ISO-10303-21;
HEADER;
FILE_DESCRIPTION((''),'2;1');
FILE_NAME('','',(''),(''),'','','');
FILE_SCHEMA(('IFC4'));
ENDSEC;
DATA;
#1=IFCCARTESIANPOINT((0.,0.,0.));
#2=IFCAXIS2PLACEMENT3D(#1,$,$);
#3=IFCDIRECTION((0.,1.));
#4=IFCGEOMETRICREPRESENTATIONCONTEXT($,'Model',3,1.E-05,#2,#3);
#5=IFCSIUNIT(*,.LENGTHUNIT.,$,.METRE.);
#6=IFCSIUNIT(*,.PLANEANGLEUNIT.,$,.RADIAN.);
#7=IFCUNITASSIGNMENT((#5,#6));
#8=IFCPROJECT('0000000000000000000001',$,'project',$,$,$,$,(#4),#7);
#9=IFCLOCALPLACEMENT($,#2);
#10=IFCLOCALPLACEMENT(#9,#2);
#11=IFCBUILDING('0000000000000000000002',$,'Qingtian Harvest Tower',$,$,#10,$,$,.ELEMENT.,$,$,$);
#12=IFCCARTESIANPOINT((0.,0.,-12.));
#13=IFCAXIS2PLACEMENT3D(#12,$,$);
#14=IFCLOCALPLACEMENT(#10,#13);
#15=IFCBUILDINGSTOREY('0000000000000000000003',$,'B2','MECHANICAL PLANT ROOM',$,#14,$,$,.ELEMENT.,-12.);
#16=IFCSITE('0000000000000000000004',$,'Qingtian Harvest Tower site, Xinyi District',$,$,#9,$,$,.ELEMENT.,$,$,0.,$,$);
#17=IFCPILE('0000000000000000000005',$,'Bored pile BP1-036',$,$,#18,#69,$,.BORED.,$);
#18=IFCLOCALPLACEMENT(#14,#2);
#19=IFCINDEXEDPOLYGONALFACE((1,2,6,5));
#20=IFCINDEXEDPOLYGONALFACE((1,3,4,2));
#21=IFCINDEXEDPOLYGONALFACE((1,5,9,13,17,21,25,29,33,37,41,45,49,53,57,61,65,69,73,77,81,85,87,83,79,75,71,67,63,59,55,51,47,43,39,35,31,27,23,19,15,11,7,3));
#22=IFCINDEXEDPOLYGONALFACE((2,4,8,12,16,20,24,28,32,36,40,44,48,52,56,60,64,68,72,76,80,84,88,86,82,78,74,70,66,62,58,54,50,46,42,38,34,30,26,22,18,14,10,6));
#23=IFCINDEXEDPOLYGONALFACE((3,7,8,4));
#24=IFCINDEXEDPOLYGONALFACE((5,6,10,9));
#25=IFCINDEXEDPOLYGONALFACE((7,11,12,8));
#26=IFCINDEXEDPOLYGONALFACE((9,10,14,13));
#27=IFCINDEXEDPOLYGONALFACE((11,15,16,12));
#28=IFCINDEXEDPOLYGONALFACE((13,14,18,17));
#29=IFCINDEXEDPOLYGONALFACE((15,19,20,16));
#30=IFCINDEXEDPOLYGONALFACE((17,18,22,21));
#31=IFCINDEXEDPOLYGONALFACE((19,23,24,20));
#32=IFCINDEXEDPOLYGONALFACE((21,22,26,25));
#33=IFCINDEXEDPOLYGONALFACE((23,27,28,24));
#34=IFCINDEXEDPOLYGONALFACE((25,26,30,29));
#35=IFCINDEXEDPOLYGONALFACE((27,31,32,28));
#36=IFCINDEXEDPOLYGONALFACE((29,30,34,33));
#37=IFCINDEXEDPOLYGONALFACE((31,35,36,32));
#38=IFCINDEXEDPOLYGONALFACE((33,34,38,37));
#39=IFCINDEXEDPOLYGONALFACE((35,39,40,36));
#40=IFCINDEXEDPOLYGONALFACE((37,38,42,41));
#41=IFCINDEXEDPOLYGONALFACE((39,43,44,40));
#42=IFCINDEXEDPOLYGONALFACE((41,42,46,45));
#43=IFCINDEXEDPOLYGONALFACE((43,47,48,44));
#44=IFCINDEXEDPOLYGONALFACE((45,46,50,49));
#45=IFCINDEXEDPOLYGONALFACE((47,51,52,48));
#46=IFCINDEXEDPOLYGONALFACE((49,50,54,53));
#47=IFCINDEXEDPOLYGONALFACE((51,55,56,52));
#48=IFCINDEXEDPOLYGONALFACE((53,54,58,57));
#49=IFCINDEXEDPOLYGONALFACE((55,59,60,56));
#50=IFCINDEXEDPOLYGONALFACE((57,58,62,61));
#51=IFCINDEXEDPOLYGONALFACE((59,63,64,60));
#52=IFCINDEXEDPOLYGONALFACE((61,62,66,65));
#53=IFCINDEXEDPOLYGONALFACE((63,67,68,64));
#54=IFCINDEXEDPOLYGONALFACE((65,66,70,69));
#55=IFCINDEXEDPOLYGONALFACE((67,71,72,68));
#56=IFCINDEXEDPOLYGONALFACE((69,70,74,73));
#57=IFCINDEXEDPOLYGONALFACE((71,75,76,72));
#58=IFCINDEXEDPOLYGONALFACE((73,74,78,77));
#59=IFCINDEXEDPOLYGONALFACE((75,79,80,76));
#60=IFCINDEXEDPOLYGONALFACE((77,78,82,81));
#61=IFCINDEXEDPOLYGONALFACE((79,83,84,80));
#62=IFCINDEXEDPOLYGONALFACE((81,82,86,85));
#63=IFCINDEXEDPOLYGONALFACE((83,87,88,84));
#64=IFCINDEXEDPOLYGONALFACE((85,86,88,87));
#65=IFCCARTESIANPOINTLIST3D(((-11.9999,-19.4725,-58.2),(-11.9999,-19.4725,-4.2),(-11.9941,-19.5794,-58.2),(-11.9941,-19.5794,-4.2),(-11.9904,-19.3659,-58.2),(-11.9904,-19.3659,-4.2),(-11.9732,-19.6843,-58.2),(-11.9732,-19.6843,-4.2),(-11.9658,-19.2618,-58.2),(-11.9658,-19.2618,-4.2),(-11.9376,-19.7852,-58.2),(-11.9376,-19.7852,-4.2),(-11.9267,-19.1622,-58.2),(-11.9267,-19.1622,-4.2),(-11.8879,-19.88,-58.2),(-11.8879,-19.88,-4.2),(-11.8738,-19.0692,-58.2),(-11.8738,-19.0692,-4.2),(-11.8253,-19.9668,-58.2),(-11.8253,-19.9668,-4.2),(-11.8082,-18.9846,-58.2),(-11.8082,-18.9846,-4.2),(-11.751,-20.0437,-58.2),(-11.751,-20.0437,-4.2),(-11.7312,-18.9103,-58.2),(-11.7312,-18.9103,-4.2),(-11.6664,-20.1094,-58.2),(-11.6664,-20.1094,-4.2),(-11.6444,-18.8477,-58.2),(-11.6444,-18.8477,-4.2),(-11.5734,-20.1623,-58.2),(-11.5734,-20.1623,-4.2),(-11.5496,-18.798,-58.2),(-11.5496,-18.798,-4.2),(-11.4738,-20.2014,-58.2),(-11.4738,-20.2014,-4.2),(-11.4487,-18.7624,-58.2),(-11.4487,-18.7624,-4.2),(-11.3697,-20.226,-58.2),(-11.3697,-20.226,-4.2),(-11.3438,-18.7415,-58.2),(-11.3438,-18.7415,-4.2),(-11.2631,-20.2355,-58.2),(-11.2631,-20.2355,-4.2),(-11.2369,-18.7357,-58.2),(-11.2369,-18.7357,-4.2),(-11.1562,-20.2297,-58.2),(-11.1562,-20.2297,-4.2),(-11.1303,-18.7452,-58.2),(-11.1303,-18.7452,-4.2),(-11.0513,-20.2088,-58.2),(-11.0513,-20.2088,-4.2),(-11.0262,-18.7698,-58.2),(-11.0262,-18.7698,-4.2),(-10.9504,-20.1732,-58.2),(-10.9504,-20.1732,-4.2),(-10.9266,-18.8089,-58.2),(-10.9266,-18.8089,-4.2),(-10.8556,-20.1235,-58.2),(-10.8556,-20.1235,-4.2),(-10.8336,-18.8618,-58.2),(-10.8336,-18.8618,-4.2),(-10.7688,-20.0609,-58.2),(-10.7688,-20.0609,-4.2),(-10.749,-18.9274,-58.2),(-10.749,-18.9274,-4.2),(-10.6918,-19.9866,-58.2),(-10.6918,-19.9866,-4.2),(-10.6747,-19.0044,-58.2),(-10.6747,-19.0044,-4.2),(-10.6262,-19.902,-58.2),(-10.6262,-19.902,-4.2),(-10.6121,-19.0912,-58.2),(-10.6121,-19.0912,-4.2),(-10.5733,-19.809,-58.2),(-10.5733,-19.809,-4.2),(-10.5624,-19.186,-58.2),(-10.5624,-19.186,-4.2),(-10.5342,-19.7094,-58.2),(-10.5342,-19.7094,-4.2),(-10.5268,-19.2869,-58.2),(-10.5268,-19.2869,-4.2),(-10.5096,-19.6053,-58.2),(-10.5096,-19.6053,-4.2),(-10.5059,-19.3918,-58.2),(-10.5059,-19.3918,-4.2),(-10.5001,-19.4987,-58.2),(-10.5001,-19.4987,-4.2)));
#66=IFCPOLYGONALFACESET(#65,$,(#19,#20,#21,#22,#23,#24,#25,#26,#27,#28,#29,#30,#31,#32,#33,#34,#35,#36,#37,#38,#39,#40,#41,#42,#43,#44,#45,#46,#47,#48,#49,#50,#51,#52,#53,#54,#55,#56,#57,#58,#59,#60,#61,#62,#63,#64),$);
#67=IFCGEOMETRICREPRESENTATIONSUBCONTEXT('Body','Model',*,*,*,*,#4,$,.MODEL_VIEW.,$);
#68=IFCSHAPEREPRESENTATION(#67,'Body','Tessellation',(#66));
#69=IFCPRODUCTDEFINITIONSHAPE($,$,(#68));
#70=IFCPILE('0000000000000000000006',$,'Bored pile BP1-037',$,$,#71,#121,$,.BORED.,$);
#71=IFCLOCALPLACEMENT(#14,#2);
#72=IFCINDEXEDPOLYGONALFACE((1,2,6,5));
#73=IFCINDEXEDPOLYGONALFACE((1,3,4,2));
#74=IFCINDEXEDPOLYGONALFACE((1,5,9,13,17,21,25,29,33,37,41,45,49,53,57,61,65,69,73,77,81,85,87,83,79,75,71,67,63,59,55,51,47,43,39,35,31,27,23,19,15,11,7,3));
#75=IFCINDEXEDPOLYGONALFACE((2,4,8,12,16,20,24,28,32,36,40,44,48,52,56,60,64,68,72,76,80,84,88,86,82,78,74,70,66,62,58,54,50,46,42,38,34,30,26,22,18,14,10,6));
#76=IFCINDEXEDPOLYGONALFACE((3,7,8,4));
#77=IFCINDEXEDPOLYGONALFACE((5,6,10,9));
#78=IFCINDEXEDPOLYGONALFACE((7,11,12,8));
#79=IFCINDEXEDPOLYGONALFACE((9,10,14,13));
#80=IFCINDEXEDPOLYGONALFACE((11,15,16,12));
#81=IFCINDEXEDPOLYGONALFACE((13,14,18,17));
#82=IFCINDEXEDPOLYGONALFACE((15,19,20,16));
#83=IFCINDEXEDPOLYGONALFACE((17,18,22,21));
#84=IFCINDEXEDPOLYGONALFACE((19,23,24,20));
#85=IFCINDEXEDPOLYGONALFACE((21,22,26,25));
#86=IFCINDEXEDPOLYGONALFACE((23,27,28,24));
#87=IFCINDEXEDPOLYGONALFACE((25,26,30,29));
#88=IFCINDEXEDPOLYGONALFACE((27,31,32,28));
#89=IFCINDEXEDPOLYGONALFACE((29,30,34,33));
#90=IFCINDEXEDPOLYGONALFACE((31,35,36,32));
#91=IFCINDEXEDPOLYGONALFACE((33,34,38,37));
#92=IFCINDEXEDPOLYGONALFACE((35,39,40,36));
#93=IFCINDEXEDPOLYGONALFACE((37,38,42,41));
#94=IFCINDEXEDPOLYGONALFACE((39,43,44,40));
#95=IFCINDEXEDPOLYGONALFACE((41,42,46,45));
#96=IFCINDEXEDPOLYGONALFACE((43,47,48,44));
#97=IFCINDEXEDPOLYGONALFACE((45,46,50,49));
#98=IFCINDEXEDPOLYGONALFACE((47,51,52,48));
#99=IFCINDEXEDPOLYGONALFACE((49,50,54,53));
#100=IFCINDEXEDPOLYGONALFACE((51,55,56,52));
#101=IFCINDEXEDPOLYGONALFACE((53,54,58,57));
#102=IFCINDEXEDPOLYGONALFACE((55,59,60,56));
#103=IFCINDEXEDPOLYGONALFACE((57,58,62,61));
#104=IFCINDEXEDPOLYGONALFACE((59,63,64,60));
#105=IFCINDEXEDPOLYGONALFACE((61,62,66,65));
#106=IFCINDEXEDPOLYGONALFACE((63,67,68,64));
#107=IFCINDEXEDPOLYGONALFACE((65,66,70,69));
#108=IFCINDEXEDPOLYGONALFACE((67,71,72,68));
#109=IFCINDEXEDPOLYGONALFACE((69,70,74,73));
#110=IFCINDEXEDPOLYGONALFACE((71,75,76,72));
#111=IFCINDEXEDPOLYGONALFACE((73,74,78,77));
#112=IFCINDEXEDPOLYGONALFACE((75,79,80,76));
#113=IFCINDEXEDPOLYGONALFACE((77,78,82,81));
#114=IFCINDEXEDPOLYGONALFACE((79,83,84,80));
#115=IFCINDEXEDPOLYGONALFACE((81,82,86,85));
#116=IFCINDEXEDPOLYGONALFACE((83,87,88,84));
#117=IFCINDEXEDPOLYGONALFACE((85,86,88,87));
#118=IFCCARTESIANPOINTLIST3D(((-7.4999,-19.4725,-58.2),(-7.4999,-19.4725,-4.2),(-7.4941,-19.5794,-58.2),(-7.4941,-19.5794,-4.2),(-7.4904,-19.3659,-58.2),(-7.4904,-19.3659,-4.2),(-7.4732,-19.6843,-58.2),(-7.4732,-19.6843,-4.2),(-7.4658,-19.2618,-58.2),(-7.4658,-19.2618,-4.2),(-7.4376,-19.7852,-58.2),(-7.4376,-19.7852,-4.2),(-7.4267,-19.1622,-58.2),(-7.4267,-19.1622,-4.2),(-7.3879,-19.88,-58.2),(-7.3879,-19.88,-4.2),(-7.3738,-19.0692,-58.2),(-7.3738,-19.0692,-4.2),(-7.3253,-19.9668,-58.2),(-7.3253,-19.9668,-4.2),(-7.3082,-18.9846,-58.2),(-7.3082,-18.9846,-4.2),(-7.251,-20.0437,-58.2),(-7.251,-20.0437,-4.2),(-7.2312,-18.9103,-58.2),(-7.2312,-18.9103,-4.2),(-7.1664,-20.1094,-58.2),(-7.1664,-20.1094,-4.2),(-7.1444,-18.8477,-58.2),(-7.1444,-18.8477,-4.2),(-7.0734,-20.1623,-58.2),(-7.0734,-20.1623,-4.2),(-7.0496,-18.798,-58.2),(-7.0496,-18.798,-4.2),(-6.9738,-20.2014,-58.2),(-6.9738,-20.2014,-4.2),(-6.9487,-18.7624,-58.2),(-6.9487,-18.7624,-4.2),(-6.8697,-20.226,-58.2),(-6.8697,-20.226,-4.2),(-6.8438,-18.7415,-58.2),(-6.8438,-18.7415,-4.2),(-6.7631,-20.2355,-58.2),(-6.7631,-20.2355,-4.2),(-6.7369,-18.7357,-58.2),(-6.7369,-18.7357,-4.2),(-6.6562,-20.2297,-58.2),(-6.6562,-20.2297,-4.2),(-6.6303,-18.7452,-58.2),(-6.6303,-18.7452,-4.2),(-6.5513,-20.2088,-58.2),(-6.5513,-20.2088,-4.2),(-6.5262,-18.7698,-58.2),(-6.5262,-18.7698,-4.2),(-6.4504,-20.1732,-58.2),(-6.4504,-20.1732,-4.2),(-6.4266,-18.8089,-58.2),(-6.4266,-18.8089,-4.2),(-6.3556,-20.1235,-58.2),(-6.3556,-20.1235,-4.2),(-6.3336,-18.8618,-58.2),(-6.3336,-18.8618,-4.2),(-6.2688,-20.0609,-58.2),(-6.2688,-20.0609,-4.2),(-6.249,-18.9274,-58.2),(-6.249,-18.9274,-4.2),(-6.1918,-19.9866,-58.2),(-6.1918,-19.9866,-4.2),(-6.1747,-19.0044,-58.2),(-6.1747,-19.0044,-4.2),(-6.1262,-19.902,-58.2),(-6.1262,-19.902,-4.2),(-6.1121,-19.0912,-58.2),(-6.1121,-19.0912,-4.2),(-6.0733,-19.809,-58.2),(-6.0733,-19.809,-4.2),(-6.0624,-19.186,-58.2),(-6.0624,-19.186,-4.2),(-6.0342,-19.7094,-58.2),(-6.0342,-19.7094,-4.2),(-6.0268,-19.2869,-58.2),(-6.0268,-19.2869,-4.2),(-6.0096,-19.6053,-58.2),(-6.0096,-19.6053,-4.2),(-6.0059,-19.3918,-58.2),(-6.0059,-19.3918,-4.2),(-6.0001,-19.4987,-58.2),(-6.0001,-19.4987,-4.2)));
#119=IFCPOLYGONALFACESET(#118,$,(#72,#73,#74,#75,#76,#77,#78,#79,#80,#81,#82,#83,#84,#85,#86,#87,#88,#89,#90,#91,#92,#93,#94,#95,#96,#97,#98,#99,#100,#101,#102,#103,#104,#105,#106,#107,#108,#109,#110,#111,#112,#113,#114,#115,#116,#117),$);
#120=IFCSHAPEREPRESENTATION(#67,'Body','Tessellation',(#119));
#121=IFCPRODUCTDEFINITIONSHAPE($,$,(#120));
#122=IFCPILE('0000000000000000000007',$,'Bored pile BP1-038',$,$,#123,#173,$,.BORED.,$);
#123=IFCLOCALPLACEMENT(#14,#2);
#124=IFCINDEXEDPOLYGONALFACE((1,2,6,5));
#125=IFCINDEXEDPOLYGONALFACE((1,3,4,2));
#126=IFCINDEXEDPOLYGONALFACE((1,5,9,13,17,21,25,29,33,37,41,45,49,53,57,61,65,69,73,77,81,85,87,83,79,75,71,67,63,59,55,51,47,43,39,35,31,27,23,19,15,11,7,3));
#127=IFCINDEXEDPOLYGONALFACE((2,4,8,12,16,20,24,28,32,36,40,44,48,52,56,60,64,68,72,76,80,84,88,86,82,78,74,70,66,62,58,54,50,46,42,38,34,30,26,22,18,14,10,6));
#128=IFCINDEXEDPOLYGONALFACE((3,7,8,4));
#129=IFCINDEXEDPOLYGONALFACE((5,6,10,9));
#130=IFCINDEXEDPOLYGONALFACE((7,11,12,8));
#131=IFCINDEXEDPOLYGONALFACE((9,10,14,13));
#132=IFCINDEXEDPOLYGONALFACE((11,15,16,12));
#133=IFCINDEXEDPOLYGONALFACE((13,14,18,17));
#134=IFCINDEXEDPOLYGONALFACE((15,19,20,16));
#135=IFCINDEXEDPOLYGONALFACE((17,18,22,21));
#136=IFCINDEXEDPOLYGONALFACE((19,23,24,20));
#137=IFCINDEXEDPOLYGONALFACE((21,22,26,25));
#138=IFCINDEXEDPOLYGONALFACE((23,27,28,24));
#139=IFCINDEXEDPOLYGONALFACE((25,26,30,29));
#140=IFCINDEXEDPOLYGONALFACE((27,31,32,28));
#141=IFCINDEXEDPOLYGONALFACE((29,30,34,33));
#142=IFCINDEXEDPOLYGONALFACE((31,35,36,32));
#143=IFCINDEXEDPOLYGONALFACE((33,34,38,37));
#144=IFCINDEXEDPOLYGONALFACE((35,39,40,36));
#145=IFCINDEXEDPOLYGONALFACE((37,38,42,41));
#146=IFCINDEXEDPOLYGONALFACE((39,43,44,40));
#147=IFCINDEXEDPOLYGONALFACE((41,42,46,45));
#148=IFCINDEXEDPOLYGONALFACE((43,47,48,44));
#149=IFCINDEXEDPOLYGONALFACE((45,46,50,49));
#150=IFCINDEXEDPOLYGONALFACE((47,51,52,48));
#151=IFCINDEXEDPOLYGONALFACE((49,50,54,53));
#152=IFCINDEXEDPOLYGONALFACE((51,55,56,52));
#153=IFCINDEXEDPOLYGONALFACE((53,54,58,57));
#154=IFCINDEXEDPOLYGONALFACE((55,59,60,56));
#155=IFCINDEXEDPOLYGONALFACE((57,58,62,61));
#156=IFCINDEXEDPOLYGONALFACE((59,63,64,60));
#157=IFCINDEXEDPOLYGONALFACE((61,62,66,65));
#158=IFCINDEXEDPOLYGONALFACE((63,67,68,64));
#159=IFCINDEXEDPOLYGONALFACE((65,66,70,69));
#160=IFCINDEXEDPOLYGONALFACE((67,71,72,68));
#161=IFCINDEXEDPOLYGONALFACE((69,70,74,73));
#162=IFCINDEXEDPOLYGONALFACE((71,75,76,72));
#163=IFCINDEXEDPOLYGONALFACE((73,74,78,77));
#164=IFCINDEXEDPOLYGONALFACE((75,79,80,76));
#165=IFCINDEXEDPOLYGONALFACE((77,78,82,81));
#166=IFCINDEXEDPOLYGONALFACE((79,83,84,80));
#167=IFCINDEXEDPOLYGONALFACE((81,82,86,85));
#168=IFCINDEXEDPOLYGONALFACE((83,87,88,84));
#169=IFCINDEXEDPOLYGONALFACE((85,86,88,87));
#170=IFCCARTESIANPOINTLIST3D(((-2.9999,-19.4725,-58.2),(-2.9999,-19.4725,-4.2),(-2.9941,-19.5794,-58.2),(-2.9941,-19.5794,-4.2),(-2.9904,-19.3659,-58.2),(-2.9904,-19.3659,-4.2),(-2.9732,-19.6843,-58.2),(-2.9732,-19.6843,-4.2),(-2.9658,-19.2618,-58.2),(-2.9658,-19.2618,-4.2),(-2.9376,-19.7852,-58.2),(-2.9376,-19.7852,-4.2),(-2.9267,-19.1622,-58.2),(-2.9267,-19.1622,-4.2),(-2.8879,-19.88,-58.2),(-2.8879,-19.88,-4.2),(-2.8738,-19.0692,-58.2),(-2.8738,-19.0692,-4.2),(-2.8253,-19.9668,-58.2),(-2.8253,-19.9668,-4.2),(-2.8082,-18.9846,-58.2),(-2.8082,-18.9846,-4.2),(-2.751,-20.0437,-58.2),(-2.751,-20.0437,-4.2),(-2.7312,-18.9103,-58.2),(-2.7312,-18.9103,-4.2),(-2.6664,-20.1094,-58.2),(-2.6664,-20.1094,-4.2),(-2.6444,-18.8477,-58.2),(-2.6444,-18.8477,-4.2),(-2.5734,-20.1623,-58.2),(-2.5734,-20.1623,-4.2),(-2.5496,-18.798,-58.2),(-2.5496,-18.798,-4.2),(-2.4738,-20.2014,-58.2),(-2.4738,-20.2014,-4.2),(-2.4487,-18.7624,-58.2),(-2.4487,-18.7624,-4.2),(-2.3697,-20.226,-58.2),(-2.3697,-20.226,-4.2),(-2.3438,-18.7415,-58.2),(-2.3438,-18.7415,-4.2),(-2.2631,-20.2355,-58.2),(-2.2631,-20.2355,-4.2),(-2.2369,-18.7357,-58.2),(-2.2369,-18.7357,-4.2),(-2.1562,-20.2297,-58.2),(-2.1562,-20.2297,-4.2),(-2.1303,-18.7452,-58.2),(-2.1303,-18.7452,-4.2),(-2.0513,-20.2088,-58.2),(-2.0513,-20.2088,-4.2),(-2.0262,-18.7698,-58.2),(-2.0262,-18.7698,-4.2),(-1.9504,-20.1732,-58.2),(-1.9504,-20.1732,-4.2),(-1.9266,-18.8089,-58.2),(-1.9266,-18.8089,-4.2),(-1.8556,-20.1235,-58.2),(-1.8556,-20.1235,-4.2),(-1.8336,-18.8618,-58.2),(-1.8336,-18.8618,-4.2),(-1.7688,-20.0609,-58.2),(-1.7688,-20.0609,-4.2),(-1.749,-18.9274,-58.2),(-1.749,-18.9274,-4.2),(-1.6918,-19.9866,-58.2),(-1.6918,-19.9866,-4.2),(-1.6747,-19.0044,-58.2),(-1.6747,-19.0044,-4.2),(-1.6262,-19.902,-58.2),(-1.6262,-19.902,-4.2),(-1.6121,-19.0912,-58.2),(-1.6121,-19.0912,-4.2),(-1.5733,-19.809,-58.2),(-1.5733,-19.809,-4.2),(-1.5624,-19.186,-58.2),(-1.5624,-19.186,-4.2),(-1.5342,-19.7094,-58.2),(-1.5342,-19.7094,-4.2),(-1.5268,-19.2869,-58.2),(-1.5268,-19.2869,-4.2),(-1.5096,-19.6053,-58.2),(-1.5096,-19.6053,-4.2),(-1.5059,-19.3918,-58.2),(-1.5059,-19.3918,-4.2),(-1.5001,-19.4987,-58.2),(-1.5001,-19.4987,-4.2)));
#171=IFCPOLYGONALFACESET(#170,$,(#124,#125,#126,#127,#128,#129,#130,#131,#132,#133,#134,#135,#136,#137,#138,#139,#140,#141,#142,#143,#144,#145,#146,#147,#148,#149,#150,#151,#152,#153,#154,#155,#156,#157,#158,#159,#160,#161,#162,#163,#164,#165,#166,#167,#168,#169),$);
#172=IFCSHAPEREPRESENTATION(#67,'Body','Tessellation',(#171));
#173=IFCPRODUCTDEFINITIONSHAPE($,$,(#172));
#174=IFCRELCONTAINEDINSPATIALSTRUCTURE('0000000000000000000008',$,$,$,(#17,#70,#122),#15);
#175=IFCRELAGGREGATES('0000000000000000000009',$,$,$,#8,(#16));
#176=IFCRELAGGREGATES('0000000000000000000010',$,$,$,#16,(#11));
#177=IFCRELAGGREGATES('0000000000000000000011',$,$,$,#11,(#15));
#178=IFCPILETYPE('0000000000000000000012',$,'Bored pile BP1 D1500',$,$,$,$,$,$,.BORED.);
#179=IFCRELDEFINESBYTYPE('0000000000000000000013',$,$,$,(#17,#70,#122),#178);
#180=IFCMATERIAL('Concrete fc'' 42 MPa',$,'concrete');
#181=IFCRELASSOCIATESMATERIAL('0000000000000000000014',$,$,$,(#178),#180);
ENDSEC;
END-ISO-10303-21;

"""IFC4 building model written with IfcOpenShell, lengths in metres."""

from ifc_helpers import new_model, si_unit, direction, frame, frame_2d, origin, place, context, subcontext, project, spatial, circle, extrude, material, material_profile, profile_set, type_object, element, save


model = new_model("IFC4")

# Units and contexts
model_context = context("Model", 3, precision=1e-05, world=origin(), true_north=direction((0.0, 1.0)))
body_context = subcontext(model_context, "Body", "Model", "MODEL_VIEW")
ifc_project = project(units=[si_unit("LENGTHUNIT", "METRE"), si_unit("PLANEANGLEUNIT", "RADIAN")], contexts=[model_context])

# Site, building, storey
site_placement = place(None, origin())
site = spatial("IfcSite", under=ifc_project, at=site_placement, Name="Qingtian Harvest Tower site, Xinyi District", CompositionType="ELEMENT", RefElevation=0.0)
building_placement = place(site_placement, origin())
building = spatial("IfcBuilding", under=site, at=building_placement, Name="Qingtian Harvest Tower", CompositionType="ELEMENT")
storey_placement = place(building_placement, frame((0.0, 0.0, -12.0)))
storey = spatial("IfcBuildingStorey", under=building, at=storey_placement, Name="B2", Description="MECHANICAL PLANT ROOM", CompositionType="ELEMENT", Elevation=-12.0)

# Piles
ifc_material_1 = material(Name="Concrete fc' 42 MPa", Category="concrete")
ifc_material_profile_1 = material_profile(ifc_material_1, circle(Radius=0.75, at=frame_2d((0.0, 0.0), x_axis=(0.999848, 0.017452))), Name="Bored pile BP1 D1500")
ifc_profile_set_1 = profile_set([ifc_material_profile_1], Name="Concrete fc' 42 MPa")
pile_type = type_object("IfcPileType", Name="Bored pile BP1 D1500", PredefinedType="BORED", material=ifc_profile_set_1)
for number, where, z_axis, x_axis, name in (
    (1, (-11.25, -19.4856, -4.2), (0.0, 0.0, -1.0), (1.0, 0.0, 0.0), "Bored pile BP1-036"),
    (2, (-6.75, -19.4856, -4.2), (0.0, 0.0, -1.0), (1.0, 0.0, 0.0), "Bored pile BP1-037"),
    (3, (-2.25, -19.4856, -4.2), (0.0, 0.0, -1.0), (1.0, 0.0, 0.0), "Bored pile BP1-038"),
):
    element("IfcPile", number, at=place(storey_placement, frame(where, z_axis=z_axis, x_axis=x_axis)), inside=storey, type_object=pile_type, Name=name, PredefinedType="BORED", context=body_context, shape_type="SweptSolid", body=[
        extrude(circle(Radius=0.75, at=frame_2d((0.0, 0.0), x_axis=(0.999848, 0.017452))), origin(), (0.0, 0.0, 1.0), 54.0),
    ])

save(model, "model.ifc")
